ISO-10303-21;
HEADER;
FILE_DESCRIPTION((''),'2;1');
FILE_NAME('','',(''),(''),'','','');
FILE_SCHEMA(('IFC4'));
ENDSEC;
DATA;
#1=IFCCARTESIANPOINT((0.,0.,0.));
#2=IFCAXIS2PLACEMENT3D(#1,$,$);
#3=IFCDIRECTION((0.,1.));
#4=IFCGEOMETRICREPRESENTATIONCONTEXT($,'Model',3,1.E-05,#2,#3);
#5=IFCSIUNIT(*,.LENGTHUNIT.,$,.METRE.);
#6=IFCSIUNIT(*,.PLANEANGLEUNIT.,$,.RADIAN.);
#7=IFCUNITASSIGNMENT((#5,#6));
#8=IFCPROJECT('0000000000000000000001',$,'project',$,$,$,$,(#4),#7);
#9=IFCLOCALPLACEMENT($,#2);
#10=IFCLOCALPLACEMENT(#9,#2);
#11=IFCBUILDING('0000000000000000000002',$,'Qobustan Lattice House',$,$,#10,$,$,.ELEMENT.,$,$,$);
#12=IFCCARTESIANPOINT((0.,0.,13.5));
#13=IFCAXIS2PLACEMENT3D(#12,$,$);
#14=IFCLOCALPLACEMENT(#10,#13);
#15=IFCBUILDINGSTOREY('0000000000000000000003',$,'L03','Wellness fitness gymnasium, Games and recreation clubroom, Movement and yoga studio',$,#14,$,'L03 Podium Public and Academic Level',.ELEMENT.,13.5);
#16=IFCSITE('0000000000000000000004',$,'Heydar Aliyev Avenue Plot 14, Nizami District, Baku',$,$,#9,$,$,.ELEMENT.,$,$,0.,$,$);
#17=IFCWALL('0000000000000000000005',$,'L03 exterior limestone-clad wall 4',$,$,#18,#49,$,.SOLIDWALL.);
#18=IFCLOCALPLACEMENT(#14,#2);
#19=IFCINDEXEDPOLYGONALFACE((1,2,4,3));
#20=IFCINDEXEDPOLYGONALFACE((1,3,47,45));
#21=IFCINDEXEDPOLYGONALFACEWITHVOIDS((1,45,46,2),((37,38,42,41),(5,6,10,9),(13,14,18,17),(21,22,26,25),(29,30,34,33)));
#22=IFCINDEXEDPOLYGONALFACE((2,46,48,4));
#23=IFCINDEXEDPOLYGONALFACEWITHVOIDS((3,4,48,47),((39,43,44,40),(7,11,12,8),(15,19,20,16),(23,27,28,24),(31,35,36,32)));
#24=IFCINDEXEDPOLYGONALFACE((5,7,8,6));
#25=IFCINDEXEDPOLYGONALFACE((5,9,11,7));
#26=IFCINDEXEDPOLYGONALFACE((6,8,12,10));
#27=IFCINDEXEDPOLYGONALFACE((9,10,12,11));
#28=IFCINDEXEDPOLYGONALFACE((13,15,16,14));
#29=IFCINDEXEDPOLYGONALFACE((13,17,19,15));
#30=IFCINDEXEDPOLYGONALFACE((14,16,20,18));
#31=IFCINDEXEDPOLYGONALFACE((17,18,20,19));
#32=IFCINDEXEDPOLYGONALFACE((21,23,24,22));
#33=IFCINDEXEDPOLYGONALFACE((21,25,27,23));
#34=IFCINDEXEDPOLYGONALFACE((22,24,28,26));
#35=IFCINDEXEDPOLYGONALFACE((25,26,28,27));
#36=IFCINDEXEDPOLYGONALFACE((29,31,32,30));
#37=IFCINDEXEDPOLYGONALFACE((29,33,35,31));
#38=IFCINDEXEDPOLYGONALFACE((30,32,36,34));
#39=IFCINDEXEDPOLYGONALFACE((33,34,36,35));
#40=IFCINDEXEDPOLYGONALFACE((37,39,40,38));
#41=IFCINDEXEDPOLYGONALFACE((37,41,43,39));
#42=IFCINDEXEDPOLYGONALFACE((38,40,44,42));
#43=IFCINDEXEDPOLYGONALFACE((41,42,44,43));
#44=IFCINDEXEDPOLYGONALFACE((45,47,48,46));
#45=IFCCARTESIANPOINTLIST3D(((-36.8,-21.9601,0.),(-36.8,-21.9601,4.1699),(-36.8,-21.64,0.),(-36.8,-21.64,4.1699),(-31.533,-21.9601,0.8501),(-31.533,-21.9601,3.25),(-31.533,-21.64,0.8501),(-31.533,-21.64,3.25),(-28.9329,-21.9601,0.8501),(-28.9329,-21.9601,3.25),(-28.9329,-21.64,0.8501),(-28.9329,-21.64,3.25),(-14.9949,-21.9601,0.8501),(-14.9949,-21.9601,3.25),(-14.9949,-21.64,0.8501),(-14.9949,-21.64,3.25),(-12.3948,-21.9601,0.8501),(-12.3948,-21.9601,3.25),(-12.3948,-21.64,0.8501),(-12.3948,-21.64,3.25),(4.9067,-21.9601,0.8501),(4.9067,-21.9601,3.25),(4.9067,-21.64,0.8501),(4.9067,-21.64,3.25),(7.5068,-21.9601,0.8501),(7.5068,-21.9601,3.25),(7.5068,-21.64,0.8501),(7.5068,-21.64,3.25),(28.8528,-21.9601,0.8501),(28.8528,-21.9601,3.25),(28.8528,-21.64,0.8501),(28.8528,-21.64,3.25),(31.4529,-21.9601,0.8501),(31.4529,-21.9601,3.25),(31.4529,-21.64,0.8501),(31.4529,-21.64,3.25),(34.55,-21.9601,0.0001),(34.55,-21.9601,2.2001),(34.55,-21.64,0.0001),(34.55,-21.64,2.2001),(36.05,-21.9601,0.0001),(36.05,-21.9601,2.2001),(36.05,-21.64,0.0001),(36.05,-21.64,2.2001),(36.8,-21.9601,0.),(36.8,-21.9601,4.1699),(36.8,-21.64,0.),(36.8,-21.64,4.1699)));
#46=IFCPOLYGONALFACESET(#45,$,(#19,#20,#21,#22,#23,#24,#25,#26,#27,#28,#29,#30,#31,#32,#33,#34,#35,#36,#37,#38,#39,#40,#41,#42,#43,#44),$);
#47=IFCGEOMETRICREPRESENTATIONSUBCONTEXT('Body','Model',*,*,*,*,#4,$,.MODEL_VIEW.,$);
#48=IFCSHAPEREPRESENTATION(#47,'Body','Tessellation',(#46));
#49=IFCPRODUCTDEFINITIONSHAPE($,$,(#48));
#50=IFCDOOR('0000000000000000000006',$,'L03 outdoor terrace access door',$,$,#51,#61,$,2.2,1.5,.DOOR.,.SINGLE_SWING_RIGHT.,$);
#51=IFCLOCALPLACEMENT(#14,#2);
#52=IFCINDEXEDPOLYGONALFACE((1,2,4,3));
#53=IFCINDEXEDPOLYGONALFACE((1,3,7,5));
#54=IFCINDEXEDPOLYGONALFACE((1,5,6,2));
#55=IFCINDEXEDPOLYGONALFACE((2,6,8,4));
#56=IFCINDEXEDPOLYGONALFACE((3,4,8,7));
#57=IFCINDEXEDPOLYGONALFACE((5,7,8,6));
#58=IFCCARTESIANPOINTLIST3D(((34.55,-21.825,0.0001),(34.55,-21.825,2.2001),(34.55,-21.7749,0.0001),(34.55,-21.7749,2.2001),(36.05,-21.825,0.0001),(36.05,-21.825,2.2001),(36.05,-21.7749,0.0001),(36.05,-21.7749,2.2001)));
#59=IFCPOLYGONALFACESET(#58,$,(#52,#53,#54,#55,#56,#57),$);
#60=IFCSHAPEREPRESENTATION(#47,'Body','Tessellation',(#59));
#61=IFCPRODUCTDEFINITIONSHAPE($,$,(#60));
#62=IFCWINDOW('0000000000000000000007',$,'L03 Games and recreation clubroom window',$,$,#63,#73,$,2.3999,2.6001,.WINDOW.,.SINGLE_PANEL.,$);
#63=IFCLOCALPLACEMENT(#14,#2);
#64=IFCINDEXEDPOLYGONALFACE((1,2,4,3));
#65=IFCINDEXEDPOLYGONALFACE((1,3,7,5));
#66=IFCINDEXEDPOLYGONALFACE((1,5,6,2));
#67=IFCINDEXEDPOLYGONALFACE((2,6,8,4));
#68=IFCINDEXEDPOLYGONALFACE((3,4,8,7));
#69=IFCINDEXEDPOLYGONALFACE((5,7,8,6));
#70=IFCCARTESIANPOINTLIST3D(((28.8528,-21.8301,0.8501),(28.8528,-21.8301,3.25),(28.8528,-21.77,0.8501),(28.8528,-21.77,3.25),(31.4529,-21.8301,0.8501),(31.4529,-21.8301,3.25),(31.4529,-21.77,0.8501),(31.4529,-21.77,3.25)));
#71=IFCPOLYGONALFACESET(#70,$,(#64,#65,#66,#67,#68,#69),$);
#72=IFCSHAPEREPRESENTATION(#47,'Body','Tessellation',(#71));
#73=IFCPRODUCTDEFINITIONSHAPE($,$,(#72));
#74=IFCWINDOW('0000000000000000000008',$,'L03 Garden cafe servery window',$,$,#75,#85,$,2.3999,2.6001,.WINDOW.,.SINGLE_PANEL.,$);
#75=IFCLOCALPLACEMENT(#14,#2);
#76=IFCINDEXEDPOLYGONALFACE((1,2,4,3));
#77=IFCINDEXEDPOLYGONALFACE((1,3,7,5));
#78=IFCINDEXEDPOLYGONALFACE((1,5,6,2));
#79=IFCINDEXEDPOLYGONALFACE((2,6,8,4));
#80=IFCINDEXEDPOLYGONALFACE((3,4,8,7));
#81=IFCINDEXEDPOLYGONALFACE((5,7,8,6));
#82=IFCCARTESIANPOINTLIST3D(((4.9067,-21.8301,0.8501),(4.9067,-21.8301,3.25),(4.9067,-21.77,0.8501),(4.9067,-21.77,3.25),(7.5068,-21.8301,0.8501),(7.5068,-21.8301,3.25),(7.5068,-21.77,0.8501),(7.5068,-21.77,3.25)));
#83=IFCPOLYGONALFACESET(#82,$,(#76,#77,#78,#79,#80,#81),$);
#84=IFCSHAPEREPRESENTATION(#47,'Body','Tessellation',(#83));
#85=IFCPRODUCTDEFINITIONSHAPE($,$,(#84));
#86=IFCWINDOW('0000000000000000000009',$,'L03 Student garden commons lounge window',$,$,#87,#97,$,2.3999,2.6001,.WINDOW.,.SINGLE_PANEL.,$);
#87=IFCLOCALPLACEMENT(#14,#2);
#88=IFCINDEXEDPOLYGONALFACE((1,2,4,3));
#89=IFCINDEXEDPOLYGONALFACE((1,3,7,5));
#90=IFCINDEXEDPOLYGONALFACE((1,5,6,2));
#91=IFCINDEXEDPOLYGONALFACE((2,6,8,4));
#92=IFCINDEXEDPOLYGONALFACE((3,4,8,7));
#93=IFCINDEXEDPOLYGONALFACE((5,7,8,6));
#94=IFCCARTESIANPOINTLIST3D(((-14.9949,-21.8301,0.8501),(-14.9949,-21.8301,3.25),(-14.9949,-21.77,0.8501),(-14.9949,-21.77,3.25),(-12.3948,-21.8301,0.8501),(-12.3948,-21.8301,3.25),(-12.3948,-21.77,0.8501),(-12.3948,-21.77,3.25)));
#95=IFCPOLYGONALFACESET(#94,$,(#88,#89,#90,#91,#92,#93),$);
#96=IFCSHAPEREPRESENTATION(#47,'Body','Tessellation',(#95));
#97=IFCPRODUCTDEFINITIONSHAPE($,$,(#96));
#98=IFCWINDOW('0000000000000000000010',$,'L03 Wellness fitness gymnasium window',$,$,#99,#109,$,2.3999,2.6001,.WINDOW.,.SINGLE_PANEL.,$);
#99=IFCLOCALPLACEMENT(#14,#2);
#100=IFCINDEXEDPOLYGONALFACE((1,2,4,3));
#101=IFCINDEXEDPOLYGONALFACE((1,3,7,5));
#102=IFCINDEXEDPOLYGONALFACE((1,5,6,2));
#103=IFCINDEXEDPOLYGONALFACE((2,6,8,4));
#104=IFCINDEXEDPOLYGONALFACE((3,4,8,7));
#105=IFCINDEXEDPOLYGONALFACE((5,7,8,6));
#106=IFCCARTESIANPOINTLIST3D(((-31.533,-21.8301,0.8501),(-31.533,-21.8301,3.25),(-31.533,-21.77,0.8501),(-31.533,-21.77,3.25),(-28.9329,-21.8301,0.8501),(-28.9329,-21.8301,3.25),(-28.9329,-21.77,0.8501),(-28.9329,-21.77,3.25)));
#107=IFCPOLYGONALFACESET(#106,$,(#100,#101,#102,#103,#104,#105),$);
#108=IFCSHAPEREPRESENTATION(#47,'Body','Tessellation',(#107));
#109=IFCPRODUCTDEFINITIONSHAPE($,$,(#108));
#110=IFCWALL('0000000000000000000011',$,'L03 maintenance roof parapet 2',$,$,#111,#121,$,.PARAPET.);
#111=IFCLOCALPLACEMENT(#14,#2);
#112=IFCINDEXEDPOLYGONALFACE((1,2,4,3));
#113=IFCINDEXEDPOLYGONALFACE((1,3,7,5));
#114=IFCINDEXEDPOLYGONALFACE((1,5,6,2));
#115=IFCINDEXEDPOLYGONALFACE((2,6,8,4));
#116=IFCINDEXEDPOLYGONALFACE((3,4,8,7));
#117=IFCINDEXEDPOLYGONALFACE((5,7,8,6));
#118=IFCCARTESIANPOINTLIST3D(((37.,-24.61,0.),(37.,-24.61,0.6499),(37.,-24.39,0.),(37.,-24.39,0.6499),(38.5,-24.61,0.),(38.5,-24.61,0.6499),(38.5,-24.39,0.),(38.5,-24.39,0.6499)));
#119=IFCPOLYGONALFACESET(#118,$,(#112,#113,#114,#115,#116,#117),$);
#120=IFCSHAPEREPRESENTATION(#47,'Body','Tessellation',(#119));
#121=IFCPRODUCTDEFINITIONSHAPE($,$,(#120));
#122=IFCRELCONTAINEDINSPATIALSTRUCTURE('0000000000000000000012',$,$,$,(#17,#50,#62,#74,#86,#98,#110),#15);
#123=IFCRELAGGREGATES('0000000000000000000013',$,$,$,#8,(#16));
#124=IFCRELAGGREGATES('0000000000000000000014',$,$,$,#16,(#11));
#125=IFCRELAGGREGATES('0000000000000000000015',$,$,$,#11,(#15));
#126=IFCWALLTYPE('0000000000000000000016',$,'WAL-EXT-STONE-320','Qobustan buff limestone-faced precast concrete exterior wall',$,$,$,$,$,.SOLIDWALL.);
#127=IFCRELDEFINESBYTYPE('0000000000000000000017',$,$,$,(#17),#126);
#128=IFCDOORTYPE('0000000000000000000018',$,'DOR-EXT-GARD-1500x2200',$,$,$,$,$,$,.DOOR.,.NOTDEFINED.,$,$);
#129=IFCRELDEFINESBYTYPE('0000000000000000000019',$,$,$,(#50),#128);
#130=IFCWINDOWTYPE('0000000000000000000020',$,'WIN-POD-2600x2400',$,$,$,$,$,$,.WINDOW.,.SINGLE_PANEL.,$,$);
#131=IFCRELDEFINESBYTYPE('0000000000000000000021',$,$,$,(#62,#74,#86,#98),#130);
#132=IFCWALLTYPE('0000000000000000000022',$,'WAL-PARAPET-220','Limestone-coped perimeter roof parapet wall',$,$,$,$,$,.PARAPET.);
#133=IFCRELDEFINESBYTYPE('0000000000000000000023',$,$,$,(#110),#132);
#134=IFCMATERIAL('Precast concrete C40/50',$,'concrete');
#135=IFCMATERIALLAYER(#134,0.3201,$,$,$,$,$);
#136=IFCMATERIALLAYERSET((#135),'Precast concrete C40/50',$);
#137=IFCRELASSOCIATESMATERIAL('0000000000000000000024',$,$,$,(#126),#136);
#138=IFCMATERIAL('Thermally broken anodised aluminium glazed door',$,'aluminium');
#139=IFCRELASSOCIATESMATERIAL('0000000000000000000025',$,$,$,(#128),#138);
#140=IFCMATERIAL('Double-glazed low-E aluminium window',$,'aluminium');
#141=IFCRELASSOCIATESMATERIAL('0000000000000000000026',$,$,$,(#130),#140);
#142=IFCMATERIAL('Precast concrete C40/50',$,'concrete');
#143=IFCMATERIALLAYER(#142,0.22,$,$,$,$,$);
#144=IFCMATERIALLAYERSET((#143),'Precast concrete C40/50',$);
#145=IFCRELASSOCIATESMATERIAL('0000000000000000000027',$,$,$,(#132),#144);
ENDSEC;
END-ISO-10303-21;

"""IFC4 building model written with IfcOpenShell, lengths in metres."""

from ifc_helpers import new_model, si_unit, direction, frame, frame_2d, origin, place, context, subcontext, project, spatial, rectangle, extrude, material, layer, layer_set, type_object, element, fill, save


model = new_model("IFC4")

# Units and contexts
model_context = context("Model", 3, precision=1e-05, world=origin(), true_north=direction((0.0, 1.0)))
body_context = subcontext(model_context, "Body", "Model", "MODEL_VIEW")
ifc_project = project(units=[si_unit("LENGTHUNIT", "METRE"), si_unit("PLANEANGLEUNIT", "RADIAN")], contexts=[model_context])

# Site, building, storey
site_placement = place(None, origin())
site = spatial("IfcSite", under=ifc_project, at=site_placement, Name="Heydar Aliyev Avenue Plot 14, Nizami District, Baku", CompositionType="ELEMENT", RefElevation=0.0)
building_placement = place(site_placement, origin())
building = spatial("IfcBuilding", under=site, at=building_placement, Name="Qobustan Lattice House", CompositionType="ELEMENT")
storey_placement = place(building_placement, frame((0.0, 0.0, 13.5)))
storey = spatial("IfcBuildingStorey", under=building, at=storey_placement, Name="L03", Description="Wellness fitness gymnasium, Games and recreation clubroom, Movement and yoga studio", LongName="L03 Podium Public and Academic Level", CompositionType="ELEMENT", Elevation=13.5)

# Wall, openings, door, windows
ifc_material_1 = material(Name="Precast concrete C40/50", Category="concrete")
ifc_layer_1 = layer(ifc_material_1, 0.3201)
ifc_layer_set_1 = layer_set([ifc_layer_1], Name="Precast concrete C40/50")
wall_type_1 = type_object("IfcWallType", Name="WAL-EXT-STONE-320", Description="Qobustan buff limestone-faced precast concrete exterior wall", PredefinedType="SOLIDWALL", material=ifc_layer_set_1)
wall_1_placement = place(storey_placement, frame((36.8, -21.8, 0.0), z_axis=(0.0, 0.0, 1.0), x_axis=(-1.0, 0.0, 0.0)))
wall_1 = element("IfcWall", 1, at=wall_1_placement, inside=storey, type_object=wall_type_1, Name="L03 exterior limestone-clad wall 4", PredefinedType="SOLIDWALL", context=body_context, shape_type="SweptSolid", body=[
    extrude(rectangle(XDim=73.6001, YDim=0.3201, at=frame_2d((36.8, 0.0))), origin(), (0.0, 0.0, 1.0), 4.1699),
])
opening_1_placement = place(wall_1_placement, frame((0.75, 0.0, 0.0)))
opening_1 = element("IfcOpeningElement", 2, at=opening_1_placement, cuts=wall_1, PredefinedType="OPENING", context=body_context, shape_type="SweptSolid", body=[
    extrude(rectangle(XDim=1.5, YDim=2.2, at=frame_2d((0.75, 1.1001))), frame((0.0, 0.1699, 0.0), z_axis=(0.0, -1.0, 0.0), x_axis=(1.0, 0.0, 0.0)), (0.0, 0.0, 1.0), 0.3401),
])
opening_2_placement = place(wall_1_placement, frame((5.3472, 0.0, 0.8501)))
opening_2 = element("IfcOpeningElement", 3, at=opening_2_placement, cuts=wall_1, PredefinedType="OPENING", context=body_context, shape_type="SweptSolid", body=[
    extrude(rectangle(XDim=2.6001, YDim=2.3999, at=frame_2d((1.3, 1.2))), frame((0.0, 0.1699, 0.0), z_axis=(0.0, -1.0, 0.0), x_axis=(1.0, 0.0, 0.0)), (0.0, 0.0, 1.0), 0.3401),
])
opening_3_placement = place(wall_1_placement, frame((29.2932, 0.0, 0.8501)))
opening_3 = element("IfcOpeningElement", 4, at=opening_3_placement, cuts=wall_1, PredefinedType="OPENING", context=body_context, shape_type="SweptSolid", body=[
    extrude(rectangle(XDim=2.6001, YDim=2.3999, at=frame_2d((1.3, 1.2))), frame((0.0, 0.1699, 0.0), z_axis=(0.0, -1.0, 0.0), x_axis=(1.0, 0.0, 0.0)), (0.0, 0.0, 1.0), 0.3401),
])
opening_4_placement = place(wall_1_placement, frame((49.1948, 0.0, 0.8501)))
opening_4 = element("IfcOpeningElement", 5, at=opening_4_placement, cuts=wall_1, PredefinedType="OPENING", context=body_context, shape_type="SweptSolid", body=[
    extrude(rectangle(XDim=2.6001, YDim=2.3999, at=frame_2d((1.3, 1.2))), frame((0.0, 0.1699, 0.0), z_axis=(0.0, -1.0, 0.0), x_axis=(1.0, 0.0, 0.0)), (0.0, 0.0, 1.0), 0.3401),
])
opening_5_placement = place(wall_1_placement, frame((65.7329, 0.0, 0.8501)))
opening_5 = element("IfcOpeningElement", 6, at=opening_5_placement, cuts=wall_1, PredefinedType="OPENING", context=body_context, shape_type="SweptSolid", body=[
    extrude(rectangle(XDim=2.6001, YDim=2.3999, at=frame_2d((1.3, 1.2))), frame((0.0, 0.1699, 0.0), z_axis=(0.0, -1.0, 0.0), x_axis=(1.0, 0.0, 0.0)), (0.0, 0.0, 1.0), 0.3401),
])
ifc_material_2 = material(Name="Thermally broken anodised aluminium glazed door", Category="aluminium")
door_type = type_object("IfcDoorType", Name="DOR-EXT-GARD-1500x2200", OperationType="NOTDEFINED", PredefinedType="DOOR", material=ifc_material_2)
door_placement = place(opening_1_placement, origin())
door = element("IfcDoor", 7, at=door_placement, inside=storey, type_object=door_type, Name="L03 outdoor terrace access door", OperationType="SINGLE_SWING_RIGHT", OverallHeight=2.2, OverallWidth=1.5, PredefinedType="DOOR", context=body_context, shape_type="SweptSolid", body=[
    extrude(rectangle(XDim=1.5, YDim=2.2, at=frame_2d((0.75, 1.1001))), frame((0.0, 0.0249, 0.0), z_axis=(0.0, -1.0, 0.0), x_axis=(1.0, 0.0, 0.0)), (0.0, 0.0, 1.0), 0.05),
])
fill(opening_1, door)
ifc_material_3 = material(Name="Double-glazed low-E aluminium window", Category="aluminium")
window_type = type_object("IfcWindowType", Name="WIN-POD-2600x2400", PartitioningType="SINGLE_PANEL", PredefinedType="WINDOW", material=ifc_material_3)
window_1_placement = place(opening_2_placement, origin())
window_1 = element("IfcWindow", 8, at=window_1_placement, inside=storey, type_object=window_type, Name="L03 Games and recreation clubroom window", OverallHeight=2.3999, OverallWidth=2.6001, PartitioningType="SINGLE_PANEL", PredefinedType="WINDOW", context=body_context, shape_type="SweptSolid", body=[
    extrude(rectangle(XDim=2.6001, YDim=2.3999, at=frame_2d((1.3, 1.2))), frame((0.0, 0.03, 0.0), z_axis=(0.0, -1.0, 0.0), x_axis=(1.0, 0.0, 0.0)), (0.0, 0.0, 1.0), 0.0601),
])
fill(opening_2, window_1)
window_2_placement = place(opening_3_placement, origin())
window_2 = element("IfcWindow", 9, at=window_2_placement, inside=storey, type_object=window_type, Name="L03 Garden cafe servery window", OverallHeight=2.3999, OverallWidth=2.6001, PartitioningType="SINGLE_PANEL", PredefinedType="WINDOW", context=body_context, shape_type="SweptSolid", body=[
    extrude(rectangle(XDim=2.6001, YDim=2.3999, at=frame_2d((1.3, 1.2))), frame((0.0, 0.03, 0.0), z_axis=(0.0, -1.0, 0.0), x_axis=(1.0, 0.0, 0.0)), (0.0, 0.0, 1.0), 0.0601),
])
fill(opening_3, window_2)
window_3_placement = place(opening_4_placement, origin())
window_3 = element("IfcWindow", 10, at=window_3_placement, inside=storey, type_object=window_type, Name="L03 Student garden commons lounge window", OverallHeight=2.3999, OverallWidth=2.6001, PartitioningType="SINGLE_PANEL", PredefinedType="WINDOW", context=body_context, shape_type="SweptSolid", body=[
    extrude(rectangle(XDim=2.6001, YDim=2.3999, at=frame_2d((1.3, 1.2))), frame((0.0, 0.03, 0.0), z_axis=(0.0, -1.0, 0.0), x_axis=(1.0, 0.0, 0.0)), (0.0, 0.0, 1.0), 0.0601),
])
fill(opening_4, window_3)
window_4_placement = place(opening_5_placement, origin())
window_4 = element("IfcWindow", 11, at=window_4_placement, inside=storey, type_object=window_type, Name="L03 Wellness fitness gymnasium window", OverallHeight=2.3999, OverallWidth=2.6001, PartitioningType="SINGLE_PANEL", PredefinedType="WINDOW", context=body_context, shape_type="SweptSolid", body=[
    extrude(rectangle(XDim=2.6001, YDim=2.3999, at=frame_2d((1.3, 1.2))), frame((0.0, 0.03, 0.0), z_axis=(0.0, -1.0, 0.0), x_axis=(1.0, 0.0, 0.0)), (0.0, 0.0, 1.0), 0.0601),
])
fill(opening_5, window_4)

# Wall
ifc_material_4 = material(Name="Precast concrete C40/50", Category="concrete")
ifc_layer_2 = layer(ifc_material_4, 0.22)
ifc_layer_set_2 = layer_set([ifc_layer_2], Name="Precast concrete C40/50")
wall_type_2 = type_object("IfcWallType", Name="WAL-PARAPET-220", Description="Limestone-coped perimeter roof parapet wall", PredefinedType="PARAPET", material=ifc_layer_set_2)
wall_2_placement = place(storey_placement, frame((37.0, -24.5, 0.0), z_axis=(0.0, 0.0, 1.0), x_axis=(1.0, 0.0, 0.0)))
element("IfcWall", 12, at=wall_2_placement, inside=storey, type_object=wall_type_2, Name="L03 maintenance roof parapet 2", PredefinedType="PARAPET", context=body_context, shape_type="SweptSolid", body=[
    extrude(rectangle(XDim=1.5, YDim=0.22, at=frame_2d((0.75, 0.0))), origin(), (0.0, 0.0, 1.0), 0.6499),
])

save(model, "model.ifc")
